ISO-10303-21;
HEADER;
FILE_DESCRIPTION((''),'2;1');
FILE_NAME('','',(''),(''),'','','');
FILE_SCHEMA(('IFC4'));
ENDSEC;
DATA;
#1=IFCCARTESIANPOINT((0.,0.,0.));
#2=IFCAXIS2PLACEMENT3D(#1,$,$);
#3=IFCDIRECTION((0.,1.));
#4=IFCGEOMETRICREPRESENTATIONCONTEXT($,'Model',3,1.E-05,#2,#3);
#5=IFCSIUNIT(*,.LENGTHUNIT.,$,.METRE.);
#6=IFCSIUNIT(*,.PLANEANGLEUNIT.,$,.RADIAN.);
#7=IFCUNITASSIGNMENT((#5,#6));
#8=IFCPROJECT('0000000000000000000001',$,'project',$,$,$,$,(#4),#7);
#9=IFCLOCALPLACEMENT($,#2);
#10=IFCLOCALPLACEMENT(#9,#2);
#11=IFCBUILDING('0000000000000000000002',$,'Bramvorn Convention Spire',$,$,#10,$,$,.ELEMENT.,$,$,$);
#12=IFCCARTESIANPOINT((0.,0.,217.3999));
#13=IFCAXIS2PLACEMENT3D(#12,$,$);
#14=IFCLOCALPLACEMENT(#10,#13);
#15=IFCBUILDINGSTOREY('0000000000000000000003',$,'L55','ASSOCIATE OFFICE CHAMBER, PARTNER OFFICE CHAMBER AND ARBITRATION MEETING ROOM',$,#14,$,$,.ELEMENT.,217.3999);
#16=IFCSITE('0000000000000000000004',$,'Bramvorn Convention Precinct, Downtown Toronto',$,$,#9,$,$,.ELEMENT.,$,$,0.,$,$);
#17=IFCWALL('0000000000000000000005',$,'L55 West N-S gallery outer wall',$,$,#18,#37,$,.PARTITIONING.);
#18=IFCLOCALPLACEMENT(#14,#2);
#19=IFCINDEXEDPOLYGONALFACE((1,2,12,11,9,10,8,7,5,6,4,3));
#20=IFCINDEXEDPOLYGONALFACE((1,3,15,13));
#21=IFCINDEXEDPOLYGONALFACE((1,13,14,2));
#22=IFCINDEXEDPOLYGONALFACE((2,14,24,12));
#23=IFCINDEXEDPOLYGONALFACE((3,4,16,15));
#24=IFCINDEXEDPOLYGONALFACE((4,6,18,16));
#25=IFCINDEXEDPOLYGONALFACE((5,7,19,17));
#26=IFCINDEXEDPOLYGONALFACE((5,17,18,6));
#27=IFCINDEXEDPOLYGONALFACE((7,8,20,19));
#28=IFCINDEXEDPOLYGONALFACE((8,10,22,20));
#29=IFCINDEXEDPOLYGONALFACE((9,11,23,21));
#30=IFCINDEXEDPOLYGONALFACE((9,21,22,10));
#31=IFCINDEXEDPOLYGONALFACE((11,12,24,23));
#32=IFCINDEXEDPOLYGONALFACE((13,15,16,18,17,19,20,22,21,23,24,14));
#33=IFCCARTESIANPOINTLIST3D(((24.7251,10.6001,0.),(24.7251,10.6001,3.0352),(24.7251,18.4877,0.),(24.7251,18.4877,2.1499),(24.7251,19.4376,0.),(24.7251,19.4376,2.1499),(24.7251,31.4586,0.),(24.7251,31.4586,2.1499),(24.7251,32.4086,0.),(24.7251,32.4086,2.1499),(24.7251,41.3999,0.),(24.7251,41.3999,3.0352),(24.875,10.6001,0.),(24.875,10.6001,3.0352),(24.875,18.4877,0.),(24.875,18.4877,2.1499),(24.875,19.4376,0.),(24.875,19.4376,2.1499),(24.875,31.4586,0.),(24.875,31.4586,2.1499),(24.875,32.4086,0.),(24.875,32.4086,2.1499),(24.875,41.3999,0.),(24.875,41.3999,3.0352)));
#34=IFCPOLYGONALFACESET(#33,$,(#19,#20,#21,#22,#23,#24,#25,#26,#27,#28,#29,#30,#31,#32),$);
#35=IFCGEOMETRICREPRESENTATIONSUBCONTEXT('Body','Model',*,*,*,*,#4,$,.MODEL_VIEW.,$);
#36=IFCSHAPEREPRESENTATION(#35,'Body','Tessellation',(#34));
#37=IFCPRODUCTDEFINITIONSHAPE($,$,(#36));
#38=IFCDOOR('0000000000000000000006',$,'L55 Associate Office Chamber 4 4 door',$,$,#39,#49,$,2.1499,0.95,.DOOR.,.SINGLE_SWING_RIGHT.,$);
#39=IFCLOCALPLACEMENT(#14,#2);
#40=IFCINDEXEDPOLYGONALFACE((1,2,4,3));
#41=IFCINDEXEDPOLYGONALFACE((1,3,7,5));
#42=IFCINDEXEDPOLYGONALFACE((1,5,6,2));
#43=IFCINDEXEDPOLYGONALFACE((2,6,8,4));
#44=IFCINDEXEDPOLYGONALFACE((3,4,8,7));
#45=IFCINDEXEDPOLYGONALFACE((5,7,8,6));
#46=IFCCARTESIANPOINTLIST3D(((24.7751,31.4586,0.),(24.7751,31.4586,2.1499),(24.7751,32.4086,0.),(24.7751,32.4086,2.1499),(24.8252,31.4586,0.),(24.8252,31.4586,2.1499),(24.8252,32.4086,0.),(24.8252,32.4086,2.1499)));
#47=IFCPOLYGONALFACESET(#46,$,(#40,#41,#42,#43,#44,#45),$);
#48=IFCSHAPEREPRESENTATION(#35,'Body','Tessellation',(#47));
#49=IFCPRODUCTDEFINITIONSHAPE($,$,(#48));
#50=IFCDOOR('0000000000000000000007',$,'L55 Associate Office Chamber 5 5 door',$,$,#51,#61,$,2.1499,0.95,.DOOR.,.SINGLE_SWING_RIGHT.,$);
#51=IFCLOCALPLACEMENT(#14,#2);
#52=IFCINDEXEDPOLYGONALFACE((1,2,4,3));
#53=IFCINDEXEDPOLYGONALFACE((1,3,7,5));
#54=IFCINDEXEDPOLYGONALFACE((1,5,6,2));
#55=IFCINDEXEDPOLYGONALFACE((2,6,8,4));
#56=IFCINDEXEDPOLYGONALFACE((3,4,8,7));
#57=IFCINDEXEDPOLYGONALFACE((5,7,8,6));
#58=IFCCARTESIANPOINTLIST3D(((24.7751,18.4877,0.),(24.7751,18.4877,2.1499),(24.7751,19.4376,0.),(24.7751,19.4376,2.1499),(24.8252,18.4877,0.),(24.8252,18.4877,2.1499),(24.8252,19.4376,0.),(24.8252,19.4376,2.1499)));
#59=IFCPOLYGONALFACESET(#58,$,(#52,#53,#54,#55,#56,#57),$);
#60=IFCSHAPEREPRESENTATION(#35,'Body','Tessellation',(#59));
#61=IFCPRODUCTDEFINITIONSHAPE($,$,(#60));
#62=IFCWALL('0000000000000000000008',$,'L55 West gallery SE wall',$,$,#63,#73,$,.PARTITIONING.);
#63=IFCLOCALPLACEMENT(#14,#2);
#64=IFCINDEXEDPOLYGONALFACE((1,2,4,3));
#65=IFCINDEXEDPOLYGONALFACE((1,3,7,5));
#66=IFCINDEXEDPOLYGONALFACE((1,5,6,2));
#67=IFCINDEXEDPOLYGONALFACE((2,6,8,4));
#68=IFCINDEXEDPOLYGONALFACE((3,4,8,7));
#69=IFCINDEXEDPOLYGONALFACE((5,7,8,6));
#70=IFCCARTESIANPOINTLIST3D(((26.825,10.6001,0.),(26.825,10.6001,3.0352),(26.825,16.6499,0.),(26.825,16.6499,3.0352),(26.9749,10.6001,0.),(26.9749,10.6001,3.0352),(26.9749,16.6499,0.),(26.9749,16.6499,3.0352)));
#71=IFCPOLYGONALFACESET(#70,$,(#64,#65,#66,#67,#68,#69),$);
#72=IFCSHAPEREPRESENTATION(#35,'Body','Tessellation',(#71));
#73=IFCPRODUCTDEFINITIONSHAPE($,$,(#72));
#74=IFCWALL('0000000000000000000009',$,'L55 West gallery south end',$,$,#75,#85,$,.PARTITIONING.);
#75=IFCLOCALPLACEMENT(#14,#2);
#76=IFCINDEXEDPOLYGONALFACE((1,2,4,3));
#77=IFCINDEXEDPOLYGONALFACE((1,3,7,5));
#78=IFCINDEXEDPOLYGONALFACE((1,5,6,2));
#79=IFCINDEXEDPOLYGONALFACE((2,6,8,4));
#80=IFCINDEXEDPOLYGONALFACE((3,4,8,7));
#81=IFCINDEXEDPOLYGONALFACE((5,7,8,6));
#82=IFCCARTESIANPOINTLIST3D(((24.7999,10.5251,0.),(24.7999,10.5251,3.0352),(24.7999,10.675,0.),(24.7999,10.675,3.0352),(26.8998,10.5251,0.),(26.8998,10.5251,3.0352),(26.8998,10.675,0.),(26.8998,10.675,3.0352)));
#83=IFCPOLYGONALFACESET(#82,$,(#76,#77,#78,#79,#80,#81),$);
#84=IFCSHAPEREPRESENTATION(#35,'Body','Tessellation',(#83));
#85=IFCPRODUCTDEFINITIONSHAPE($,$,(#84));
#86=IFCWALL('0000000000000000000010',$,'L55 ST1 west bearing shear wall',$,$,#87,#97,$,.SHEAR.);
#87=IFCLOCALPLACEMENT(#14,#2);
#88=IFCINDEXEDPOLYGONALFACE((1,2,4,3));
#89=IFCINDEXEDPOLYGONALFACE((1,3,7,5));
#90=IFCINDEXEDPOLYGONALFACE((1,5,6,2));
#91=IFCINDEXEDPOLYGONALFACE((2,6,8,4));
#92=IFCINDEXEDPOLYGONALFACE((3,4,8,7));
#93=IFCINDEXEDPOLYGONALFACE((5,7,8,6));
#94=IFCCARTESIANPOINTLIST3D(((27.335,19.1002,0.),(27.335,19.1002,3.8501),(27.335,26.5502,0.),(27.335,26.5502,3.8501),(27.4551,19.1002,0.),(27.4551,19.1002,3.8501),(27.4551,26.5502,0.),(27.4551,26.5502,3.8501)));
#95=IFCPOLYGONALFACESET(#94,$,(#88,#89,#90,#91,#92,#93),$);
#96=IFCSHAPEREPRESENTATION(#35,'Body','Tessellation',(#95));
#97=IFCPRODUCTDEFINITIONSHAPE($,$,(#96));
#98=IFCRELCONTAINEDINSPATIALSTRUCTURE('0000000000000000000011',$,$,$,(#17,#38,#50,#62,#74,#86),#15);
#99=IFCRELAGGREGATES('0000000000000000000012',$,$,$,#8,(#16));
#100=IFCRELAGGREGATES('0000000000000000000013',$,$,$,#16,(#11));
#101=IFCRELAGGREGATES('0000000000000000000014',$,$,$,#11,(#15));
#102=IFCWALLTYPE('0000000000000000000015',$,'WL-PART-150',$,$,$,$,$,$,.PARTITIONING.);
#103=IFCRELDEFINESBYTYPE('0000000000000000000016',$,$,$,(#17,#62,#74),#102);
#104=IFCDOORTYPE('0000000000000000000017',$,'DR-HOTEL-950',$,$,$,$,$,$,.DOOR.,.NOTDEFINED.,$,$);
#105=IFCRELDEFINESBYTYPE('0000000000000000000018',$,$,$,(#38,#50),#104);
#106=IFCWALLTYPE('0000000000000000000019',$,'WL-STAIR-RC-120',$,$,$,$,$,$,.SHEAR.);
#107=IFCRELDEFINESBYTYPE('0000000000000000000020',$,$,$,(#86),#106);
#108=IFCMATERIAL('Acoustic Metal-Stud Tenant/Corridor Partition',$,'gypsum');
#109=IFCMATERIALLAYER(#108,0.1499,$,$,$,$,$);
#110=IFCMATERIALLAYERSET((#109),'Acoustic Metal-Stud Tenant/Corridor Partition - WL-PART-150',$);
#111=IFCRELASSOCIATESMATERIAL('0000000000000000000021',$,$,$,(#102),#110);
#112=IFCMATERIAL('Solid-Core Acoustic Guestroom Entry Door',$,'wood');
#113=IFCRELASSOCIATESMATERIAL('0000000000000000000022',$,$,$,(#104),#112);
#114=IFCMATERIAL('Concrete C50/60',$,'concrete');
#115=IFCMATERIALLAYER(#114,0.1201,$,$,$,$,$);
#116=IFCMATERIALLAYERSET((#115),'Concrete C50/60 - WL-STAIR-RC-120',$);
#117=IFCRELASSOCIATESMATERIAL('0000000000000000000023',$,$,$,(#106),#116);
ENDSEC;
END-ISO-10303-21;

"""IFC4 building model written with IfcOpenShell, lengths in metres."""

from ifc_helpers import new_model, si_unit, direction, frame, frame_2d, origin, place, context, subcontext, project, spatial, rectangle, extrude, material, layer, layer_set, type_object, element, fill, save


model = new_model("IFC4")

# Units and contexts
model_context = context("Model", 3, precision=1e-05, world=origin(), true_north=direction((0.0, 1.0)))
body_context = subcontext(model_context, "Body", "Model", "MODEL_VIEW")
ifc_project = project(units=[si_unit("LENGTHUNIT", "METRE"), si_unit("PLANEANGLEUNIT", "RADIAN")], contexts=[model_context])

# Site, building, storey
site_placement = place(None, origin())
site = spatial("IfcSite", under=ifc_project, at=site_placement, Name="Bramvorn Convention Precinct, Downtown Toronto", CompositionType="ELEMENT", RefElevation=0.0)
building_placement = place(site_placement, origin())
building = spatial("IfcBuilding", under=site, at=building_placement, Name="Bramvorn Convention Spire", CompositionType="ELEMENT")
storey_placement = place(building_placement, frame((0.0, 0.0, 217.3999)))
storey = spatial("IfcBuildingStorey", under=building, at=storey_placement, Name="L55", Description="ASSOCIATE OFFICE CHAMBER, PARTNER OFFICE CHAMBER AND ARBITRATION MEETING ROOM", CompositionType="ELEMENT", Elevation=217.3999)

# Shared definitions
ifc_material_1 = material(Name="Concrete C50/60", Category="concrete")

# Wall, openings, doors
ifc_material_2 = material(Name="Acoustic Metal-Stud Tenant/Corridor Partition", Category="gypsum")
ifc_layer_1 = layer(ifc_material_2, 0.1499)
ifc_layer_set_1 = layer_set([ifc_layer_1], Name="Acoustic Metal-Stud Tenant/Corridor Partition - WL-PART-150")
wall_type_1 = type_object("IfcWallType", Name="WL-PART-150", PredefinedType="PARTITIONING", material=ifc_layer_set_1)
ifc_material_3 = material(Name="Solid-Core Acoustic Guestroom Entry Door", Category="wood")
door_type_1 = type_object("IfcDoorType", Name="DR-HOTEL-950", OperationType="NOTDEFINED", PredefinedType="DOOR", material=ifc_material_3)
wall_1_placement = place(storey_placement, frame((24.8, 10.6001, 0.0), z_axis=(0.0, 0.0, 1.0), x_axis=(0.0, 1.0, 0.0)))
wall_1 = element("IfcWall", 1, at=wall_1_placement, inside=storey, type_object=wall_type_1, Name="L55 West N-S gallery outer wall", PredefinedType="PARTITIONING", context=body_context, shape_type="SweptSolid", body=[
    extrude(rectangle(XDim=30.7998, YDim=0.1499, at=frame_2d((15.3999, 0.0))), origin(), (0.0, 0.0, 1.0), 3.0352),
])
opening_1_placement = place(wall_1_placement, frame((20.8584, 0.0, 0.0)))
opening_1 = element("IfcOpeningElement", 2, at=opening_1_placement, cuts=wall_1, PredefinedType="OPENING", context=body_context, shape_type="SweptSolid", body=[
    extrude(rectangle(XDim=0.95, YDim=2.1499, at=frame_2d((0.4751, 1.075))), frame((0.0, 0.085, 0.0), z_axis=(0.0, -1.0, 0.0), x_axis=(1.0, 0.0, 0.0)), (0.0, 0.0, 1.0), 0.1699),
])
opening_2_placement = place(wall_1_placement, frame((7.8875, 0.0, 0.0)))
opening_2 = element("IfcOpeningElement", 3, at=opening_2_placement, cuts=wall_1, PredefinedType="OPENING", context=body_context, shape_type="SweptSolid", body=[
    extrude(rectangle(XDim=0.95, YDim=2.1499, at=frame_2d((0.4751, 1.075))), frame((0.0, 0.085, 0.0), z_axis=(0.0, -1.0, 0.0), x_axis=(1.0, 0.0, 0.0)), (0.0, 0.0, 1.0), 0.1699),
])
door_1_placement = place(opening_1_placement, origin())
door_1 = element("IfcDoor", 4, at=door_1_placement, inside=storey, type_object=door_type_1, Name="L55 Associate Office Chamber 4 4 door", OperationType="SINGLE_SWING_RIGHT", OverallHeight=2.1499, OverallWidth=0.95, PredefinedType="DOOR", context=body_context, shape_type="SweptSolid", body=[
    extrude(rectangle(XDim=0.95, YDim=2.1499, at=frame_2d((0.4751, 1.075))), frame((0.0, 0.0249, 0.0), z_axis=(0.0, -1.0, 0.0), x_axis=(1.0, 0.0, 0.0)), (0.0, 0.0, 1.0), 0.05),
])
fill(opening_1, door_1)
door_2_placement = place(opening_2_placement, origin())
door_2 = element("IfcDoor", 5, at=door_2_placement, inside=storey, type_object=door_type_1, Name="L55 Associate Office Chamber 5 5 door", OperationType="SINGLE_SWING_RIGHT", OverallHeight=2.1499, OverallWidth=0.95, PredefinedType="DOOR", context=body_context, shape_type="SweptSolid", body=[
    extrude(rectangle(XDim=0.95, YDim=2.1499, at=frame_2d((0.4751, 1.075))), frame((0.0, 0.0249, 0.0), z_axis=(0.0, -1.0, 0.0), x_axis=(1.0, 0.0, 0.0)), (0.0, 0.0, 1.0), 0.05),
])
fill(opening_2, door_2)

# Walls
wall_2_placement = place(storey_placement, frame((26.8999, 10.6001, 0.0), z_axis=(0.0, 0.0, 1.0), x_axis=(0.0, 1.0, 0.0)))
element("IfcWall", 6, at=wall_2_placement, inside=storey, type_object=wall_type_1, Name="L55 West gallery SE wall", PredefinedType="PARTITIONING", context=body_context, shape_type="SweptSolid", body=[
    extrude(rectangle(XDim=6.0498, YDim=0.1499, at=frame_2d((3.0249, 0.0))), origin(), (0.0, 0.0, 1.0), 3.0352),
])
wall_3_placement = place(storey_placement, frame((24.8, 10.6001, 0.0), z_axis=(0.0, 0.0, 1.0), x_axis=(1.0, 0.0, 0.0)))
element("IfcWall", 7, at=wall_3_placement, inside=storey, type_object=wall_type_1, Name="L55 West gallery south end", PredefinedType="PARTITIONING", context=body_context, shape_type="SweptSolid", body=[
    extrude(rectangle(XDim=2.0999, YDim=0.1499, at=frame_2d((1.0498, 0.0))), origin(), (0.0, 0.0, 1.0), 3.0352),
])
ifc_layer_2 = layer(ifc_material_1, 0.1201)
ifc_layer_set_2 = layer_set([ifc_layer_2], Name="Concrete C50/60 - WL-STAIR-RC-120")
wall_type_2 = type_object("IfcWallType", Name="WL-STAIR-RC-120", PredefinedType="SHEAR", material=ifc_layer_set_2)
wall_4_placement = place(storey_placement, frame((27.395, 19.1001, 0.0), z_axis=(0.0, 0.0, 1.0), x_axis=(0.0, 1.0, 0.0)))
element("IfcWall", 8, at=wall_4_placement, inside=storey, type_object=wall_type_2, Name="L55 ST1 west bearing shear wall", PredefinedType="SHEAR", context=body_context, shape_type="SweptSolid", body=[
    extrude(rectangle(XDim=7.45, YDim=0.1201, at=frame_2d((3.7251, 0.0))), origin(), (0.0, 0.0, 1.0), 3.8501),
])

save(model, "model.ifc")
